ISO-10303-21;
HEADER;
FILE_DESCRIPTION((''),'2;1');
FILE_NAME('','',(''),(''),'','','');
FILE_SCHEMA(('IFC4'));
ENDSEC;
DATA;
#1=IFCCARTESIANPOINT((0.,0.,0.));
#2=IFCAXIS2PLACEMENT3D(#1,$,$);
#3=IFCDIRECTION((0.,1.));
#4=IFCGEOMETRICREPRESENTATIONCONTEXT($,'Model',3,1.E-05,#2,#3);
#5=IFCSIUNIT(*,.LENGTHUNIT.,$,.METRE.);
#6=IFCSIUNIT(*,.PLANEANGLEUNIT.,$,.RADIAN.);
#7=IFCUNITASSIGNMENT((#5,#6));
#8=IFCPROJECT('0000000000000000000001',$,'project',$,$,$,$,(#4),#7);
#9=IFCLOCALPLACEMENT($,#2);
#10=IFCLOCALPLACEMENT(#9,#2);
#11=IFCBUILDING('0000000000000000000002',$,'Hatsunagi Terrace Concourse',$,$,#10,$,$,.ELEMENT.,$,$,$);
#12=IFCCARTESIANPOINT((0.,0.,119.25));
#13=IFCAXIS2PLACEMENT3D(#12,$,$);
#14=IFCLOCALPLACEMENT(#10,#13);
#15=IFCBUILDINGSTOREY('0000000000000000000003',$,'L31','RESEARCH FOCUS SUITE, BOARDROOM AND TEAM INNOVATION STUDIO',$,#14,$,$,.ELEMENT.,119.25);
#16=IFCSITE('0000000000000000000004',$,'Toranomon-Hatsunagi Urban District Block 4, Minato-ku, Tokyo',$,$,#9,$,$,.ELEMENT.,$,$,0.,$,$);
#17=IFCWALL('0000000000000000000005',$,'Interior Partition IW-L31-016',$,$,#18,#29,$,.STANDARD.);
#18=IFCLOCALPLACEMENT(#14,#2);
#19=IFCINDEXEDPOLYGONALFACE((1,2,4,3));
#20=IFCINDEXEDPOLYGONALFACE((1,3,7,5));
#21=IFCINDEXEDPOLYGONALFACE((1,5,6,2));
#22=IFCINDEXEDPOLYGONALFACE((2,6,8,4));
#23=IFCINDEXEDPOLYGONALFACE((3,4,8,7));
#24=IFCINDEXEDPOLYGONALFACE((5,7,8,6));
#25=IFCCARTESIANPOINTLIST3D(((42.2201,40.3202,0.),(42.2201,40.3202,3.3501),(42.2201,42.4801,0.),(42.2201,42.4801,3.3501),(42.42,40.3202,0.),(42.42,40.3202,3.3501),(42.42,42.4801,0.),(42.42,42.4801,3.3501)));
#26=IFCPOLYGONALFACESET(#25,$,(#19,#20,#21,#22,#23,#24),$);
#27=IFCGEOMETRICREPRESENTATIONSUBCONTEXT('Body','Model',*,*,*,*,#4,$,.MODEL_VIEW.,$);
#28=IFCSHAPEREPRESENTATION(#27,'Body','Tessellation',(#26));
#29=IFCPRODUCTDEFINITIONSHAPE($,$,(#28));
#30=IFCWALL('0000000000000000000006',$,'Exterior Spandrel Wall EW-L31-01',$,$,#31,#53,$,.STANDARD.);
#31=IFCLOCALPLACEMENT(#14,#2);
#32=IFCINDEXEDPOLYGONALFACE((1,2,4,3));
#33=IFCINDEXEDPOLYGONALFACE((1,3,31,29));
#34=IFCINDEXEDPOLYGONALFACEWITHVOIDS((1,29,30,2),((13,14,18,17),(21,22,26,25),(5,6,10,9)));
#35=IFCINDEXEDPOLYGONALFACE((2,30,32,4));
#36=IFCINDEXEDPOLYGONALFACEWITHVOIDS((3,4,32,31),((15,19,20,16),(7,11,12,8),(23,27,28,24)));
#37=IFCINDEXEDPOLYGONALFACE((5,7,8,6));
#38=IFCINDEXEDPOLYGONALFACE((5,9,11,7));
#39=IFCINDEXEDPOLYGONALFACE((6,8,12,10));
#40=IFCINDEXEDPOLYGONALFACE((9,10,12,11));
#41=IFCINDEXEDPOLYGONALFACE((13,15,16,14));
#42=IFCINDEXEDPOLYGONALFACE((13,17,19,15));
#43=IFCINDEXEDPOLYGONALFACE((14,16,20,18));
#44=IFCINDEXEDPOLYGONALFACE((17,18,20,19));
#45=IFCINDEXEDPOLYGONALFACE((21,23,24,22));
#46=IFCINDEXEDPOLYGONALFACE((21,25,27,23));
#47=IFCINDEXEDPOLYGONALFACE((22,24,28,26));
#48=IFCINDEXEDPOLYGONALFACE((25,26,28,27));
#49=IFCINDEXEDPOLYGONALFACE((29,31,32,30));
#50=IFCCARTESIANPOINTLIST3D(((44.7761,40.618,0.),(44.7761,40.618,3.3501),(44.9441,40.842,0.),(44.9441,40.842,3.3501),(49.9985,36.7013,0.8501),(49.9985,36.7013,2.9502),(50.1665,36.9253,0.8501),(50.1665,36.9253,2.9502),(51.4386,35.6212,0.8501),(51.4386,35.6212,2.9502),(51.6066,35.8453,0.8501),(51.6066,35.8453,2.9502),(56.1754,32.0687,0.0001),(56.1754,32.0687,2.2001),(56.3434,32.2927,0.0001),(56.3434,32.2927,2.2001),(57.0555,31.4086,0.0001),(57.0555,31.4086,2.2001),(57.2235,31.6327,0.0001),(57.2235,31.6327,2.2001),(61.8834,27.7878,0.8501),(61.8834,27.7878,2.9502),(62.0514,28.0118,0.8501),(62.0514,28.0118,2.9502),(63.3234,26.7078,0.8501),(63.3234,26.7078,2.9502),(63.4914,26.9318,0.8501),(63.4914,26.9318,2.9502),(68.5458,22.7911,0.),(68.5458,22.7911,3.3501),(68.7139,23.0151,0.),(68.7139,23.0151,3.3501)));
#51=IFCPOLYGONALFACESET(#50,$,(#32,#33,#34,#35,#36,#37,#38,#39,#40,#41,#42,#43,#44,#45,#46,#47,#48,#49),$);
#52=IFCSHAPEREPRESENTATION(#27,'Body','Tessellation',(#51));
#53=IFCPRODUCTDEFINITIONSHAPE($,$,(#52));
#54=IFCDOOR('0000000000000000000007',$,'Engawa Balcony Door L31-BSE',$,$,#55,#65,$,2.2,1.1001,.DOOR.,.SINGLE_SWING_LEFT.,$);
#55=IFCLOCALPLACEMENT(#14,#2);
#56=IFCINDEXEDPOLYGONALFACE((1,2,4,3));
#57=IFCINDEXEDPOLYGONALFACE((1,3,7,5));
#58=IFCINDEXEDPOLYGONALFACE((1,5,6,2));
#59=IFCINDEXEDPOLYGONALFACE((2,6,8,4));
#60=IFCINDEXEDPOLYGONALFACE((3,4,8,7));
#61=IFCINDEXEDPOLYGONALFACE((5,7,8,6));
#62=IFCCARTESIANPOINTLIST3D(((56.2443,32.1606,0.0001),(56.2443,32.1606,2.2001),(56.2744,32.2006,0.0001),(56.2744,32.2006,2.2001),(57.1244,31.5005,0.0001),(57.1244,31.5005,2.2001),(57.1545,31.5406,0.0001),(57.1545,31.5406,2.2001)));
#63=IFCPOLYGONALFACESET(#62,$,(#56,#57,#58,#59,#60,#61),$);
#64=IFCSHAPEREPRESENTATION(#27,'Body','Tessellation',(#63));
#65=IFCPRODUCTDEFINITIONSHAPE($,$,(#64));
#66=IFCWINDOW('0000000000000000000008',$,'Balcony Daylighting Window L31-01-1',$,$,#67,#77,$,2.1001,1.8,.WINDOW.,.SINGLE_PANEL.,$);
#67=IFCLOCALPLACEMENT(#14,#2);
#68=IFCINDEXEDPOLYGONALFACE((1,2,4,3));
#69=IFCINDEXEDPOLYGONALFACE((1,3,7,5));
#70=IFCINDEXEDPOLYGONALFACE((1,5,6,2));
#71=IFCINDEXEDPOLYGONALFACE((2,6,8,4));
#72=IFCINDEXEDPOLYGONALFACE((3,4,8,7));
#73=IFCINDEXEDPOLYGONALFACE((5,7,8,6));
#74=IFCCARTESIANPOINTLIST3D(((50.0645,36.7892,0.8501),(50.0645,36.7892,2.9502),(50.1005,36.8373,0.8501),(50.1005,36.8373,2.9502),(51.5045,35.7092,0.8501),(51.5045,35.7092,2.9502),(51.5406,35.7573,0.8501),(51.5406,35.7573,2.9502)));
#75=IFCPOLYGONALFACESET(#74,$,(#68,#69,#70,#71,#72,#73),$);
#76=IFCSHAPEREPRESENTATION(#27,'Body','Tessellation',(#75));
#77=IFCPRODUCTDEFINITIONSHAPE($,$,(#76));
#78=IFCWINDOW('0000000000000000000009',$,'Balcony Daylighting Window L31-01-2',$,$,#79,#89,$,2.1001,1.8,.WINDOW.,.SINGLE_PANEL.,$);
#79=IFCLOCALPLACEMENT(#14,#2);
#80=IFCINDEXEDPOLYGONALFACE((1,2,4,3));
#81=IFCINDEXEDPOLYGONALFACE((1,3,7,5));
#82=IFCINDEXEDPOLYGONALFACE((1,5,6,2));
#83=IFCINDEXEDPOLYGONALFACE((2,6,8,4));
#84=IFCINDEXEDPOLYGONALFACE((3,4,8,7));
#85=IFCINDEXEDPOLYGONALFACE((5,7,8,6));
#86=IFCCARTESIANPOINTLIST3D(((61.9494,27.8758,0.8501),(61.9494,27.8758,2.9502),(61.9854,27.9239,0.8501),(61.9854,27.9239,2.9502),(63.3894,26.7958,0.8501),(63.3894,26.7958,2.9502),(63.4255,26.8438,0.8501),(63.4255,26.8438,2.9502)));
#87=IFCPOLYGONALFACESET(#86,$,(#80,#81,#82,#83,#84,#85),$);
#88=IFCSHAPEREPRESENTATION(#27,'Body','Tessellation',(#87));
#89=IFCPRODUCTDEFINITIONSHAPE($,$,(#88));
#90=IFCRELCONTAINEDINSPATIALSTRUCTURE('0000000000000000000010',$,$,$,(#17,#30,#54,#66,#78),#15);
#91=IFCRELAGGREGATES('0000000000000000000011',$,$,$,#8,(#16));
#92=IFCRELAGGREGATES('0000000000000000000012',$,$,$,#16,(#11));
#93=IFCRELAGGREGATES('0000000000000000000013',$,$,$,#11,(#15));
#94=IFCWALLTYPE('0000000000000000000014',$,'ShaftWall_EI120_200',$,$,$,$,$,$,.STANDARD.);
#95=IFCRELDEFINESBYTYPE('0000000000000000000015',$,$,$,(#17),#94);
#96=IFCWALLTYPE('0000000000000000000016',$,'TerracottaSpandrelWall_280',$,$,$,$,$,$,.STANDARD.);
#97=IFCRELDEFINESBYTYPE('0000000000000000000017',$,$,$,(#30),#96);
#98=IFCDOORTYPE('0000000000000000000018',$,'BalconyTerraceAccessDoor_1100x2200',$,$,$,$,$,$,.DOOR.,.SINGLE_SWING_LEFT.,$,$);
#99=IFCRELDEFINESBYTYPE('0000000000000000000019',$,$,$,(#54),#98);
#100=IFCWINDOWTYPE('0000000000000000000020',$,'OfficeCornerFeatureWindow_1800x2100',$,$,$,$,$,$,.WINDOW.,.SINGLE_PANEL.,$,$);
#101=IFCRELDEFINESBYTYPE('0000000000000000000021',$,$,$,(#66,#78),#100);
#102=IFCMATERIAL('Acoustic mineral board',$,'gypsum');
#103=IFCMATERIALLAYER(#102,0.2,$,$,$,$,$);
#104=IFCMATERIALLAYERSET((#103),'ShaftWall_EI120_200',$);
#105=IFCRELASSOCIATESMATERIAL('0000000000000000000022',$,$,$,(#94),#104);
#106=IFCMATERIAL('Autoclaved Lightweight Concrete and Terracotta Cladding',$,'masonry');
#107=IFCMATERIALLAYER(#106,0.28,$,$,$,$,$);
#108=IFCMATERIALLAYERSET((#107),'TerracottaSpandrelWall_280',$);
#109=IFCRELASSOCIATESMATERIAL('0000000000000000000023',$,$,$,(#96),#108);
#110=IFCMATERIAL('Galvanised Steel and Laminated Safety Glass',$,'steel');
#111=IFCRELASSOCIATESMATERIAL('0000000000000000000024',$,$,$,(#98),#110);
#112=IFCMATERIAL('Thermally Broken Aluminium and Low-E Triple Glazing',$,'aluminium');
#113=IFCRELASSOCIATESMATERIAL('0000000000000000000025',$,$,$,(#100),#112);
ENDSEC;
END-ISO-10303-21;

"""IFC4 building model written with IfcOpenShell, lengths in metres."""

from ifc_helpers import new_model, si_unit, direction, frame, frame_2d, origin, place, context, subcontext, project, spatial, rectangle, extrude, material, layer, layer_set, type_object, element, fill, save


model = new_model("IFC4")

# Units and contexts
model_context = context("Model", 3, precision=1e-05, world=origin(), true_north=direction((0.0, 1.0)))
body_context = subcontext(model_context, "Body", "Model", "MODEL_VIEW")
ifc_project = project(units=[si_unit("LENGTHUNIT", "METRE"), si_unit("PLANEANGLEUNIT", "RADIAN")], contexts=[model_context])

# Site, building, storey
site_placement = place(None, origin())
site = spatial("IfcSite", under=ifc_project, at=site_placement, Name="Toranomon-Hatsunagi Urban District Block 4, Minato-ku, Tokyo", CompositionType="ELEMENT", RefElevation=0.0)
building_placement = place(site_placement, origin())
building = spatial("IfcBuilding", under=site, at=building_placement, Name="Hatsunagi Terrace Concourse", CompositionType="ELEMENT")
storey_placement = place(building_placement, frame((0.0, 0.0, 119.25)))
storey = spatial("IfcBuildingStorey", under=building, at=storey_placement, Name="L31", Description="RESEARCH FOCUS SUITE, BOARDROOM AND TEAM INNOVATION STUDIO", CompositionType="ELEMENT", Elevation=119.25)

# Wall
ifc_material_1 = material(Name="Acoustic mineral board", Category="gypsum")
ifc_layer_1 = layer(ifc_material_1, 0.2)
ifc_layer_set_1 = layer_set([ifc_layer_1], Name="ShaftWall_EI120_200")
wall_type_1 = type_object("IfcWallType", Name="ShaftWall_EI120_200", PredefinedType="STANDARD", material=ifc_layer_set_1)
wall_1_placement = place(storey_placement, frame((42.3201, 40.3201, 0.0), z_axis=(0.0, 0.0, 1.0), x_axis=(0.0, 1.0, 0.0)))
element("IfcWall", 1, at=wall_1_placement, inside=storey, type_object=wall_type_1, Name="Interior Partition IW-L31-016", PredefinedType="STANDARD", context=body_context, shape_type="SweptSolid", body=[
    extrude(rectangle(XDim=2.1599, YDim=0.2, at=frame_2d((1.0801, 0.0))), origin(), (0.0, 0.0, 1.0), 3.3501),
])

# Wall, openings, door, windows
ifc_material_2 = material(Name="Autoclaved Lightweight Concrete and Terracotta Cladding", Category="masonry")
ifc_layer_2 = layer(ifc_material_2, 0.28)
ifc_layer_set_2 = layer_set([ifc_layer_2], Name="TerracottaSpandrelWall_280")
wall_type_2 = type_object("IfcWallType", Name="TerracottaSpandrelWall_280", PredefinedType="STANDARD", material=ifc_layer_set_2)
wall_2_placement = place(storey_placement, frame((44.8601, 40.73, 0.0), z_axis=(0.0, 0.0, 1.0), x_axis=(0.800007, -0.599991, 0.0)))
wall_2 = element("IfcWall", 2, at=wall_2_placement, inside=storey, type_object=wall_type_2, Name="Exterior Spandrel Wall EW-L31-01", PredefinedType="STANDARD", context=body_context, shape_type="SweptSolid", body=[
    extrude(rectangle(XDim=29.7119, YDim=0.28, at=frame_2d((14.856, 0.0))), origin(), (0.0, 0.0, 1.0), 3.3501),
])
opening_1_placement = place(wall_2_placement, frame((14.249, 0.0, 0.0)))
opening_1 = element("IfcOpeningElement", 3, at=opening_1_placement, cuts=wall_2, PredefinedType="OPENING", context=body_context, shape_type="SweptSolid", body=[
    extrude(rectangle(XDim=1.1001, YDim=2.2, at=frame_2d((0.55, 1.1001))), frame((0.0, 0.1499, 0.0), z_axis=(0.0, -1.0, 0.0), x_axis=(1.0, 0.0, 0.0)), (0.0, 0.0, 1.0), 0.3),
])
opening_2_placement = place(wall_2_placement, frame((6.5281, 0.0, 0.8501)))
opening_2 = element("IfcOpeningElement", 4, at=opening_2_placement, cuts=wall_2, PredefinedType="OPENING", context=body_context, shape_type="SweptSolid", body=[
    extrude(rectangle(XDim=1.8, YDim=2.1001, at=frame_2d((0.8999, 1.05))), frame((0.0, 0.1499, 0.0), z_axis=(0.0, -1.0, 0.0), x_axis=(1.0, 0.0, 0.0)), (0.0, 0.0, 1.0), 0.3),
])
opening_3_placement = place(wall_2_placement, frame((21.384, 0.0, 0.8501)))
opening_3 = element("IfcOpeningElement", 5, at=opening_3_placement, cuts=wall_2, PredefinedType="OPENING", context=body_context, shape_type="SweptSolid", body=[
    extrude(rectangle(XDim=1.8, YDim=2.1001, at=frame_2d((0.8999, 1.05))), frame((0.0, 0.1499, 0.0), z_axis=(0.0, -1.0, 0.0), x_axis=(1.0, 0.0, 0.0)), (0.0, 0.0, 1.0), 0.3),
])
ifc_material_3 = material(Name="Galvanised Steel and Laminated Safety Glass", Category="steel")
door_type_1 = type_object("IfcDoorType", Name="BalconyTerraceAccessDoor_1100x2200", OperationType="SINGLE_SWING_LEFT", PredefinedType="DOOR", material=ifc_material_3)
door_1_placement = place(opening_1_placement, origin())
door_1 = element("IfcDoor", 6, at=door_1_placement, inside=storey, type_object=door_type_1, Name="Engawa Balcony Door L31-BSE", OperationType="SINGLE_SWING_LEFT", OverallHeight=2.2, OverallWidth=1.1001, PredefinedType="DOOR", context=body_context, shape_type="SweptSolid", body=[
    extrude(rectangle(XDim=1.1001, YDim=2.2, at=frame_2d((0.55, 1.1001))), frame((0.0, 0.0249, 0.0), z_axis=(0.0, -1.0, 0.0), x_axis=(1.0, 0.0, 0.0)), (0.0, 0.0, 1.0), 0.05),
])
fill(opening_1, door_1)
ifc_material_4 = material(Name="Thermally Broken Aluminium and Low-E Triple Glazing", Category="aluminium")
window_type = type_object("IfcWindowType", Name="OfficeCornerFeatureWindow_1800x2100", PartitioningType="SINGLE_PANEL", PredefinedType="WINDOW", material=ifc_material_4)
window_1_placement = place(opening_2_placement, origin())
window_1 = element("IfcWindow", 7, at=window_1_placement, inside=storey, type_object=window_type, Name="Balcony Daylighting Window L31-01-1", OverallHeight=2.1001, OverallWidth=1.8, PartitioningType="SINGLE_PANEL", PredefinedType="WINDOW", context=body_context, shape_type="SweptSolid", body=[
    extrude(rectangle(XDim=1.8, YDim=2.1001, at=frame_2d((0.8999, 1.05))), frame((0.0, 0.03, 0.0), z_axis=(0.0, -1.0, 0.0), x_axis=(1.0, 0.0, 0.0)), (0.0, 0.0, 1.0), 0.0601),
])
fill(opening_2, window_1)
window_2_placement = place(opening_3_placement, origin())
window_2 = element("IfcWindow", 8, at=window_2_placement, inside=storey, type_object=window_type, Name="Balcony Daylighting Window L31-01-2", OverallHeight=2.1001, OverallWidth=1.8, PartitioningType="SINGLE_PANEL", PredefinedType="WINDOW", context=body_context, shape_type="SweptSolid", body=[
    extrude(rectangle(XDim=1.8, YDim=2.1001, at=frame_2d((0.8999, 1.05))), frame((0.0, 0.03, 0.0), z_axis=(0.0, -1.0, 0.0), x_axis=(1.0, 0.0, 0.0)), (0.0, 0.0, 1.0), 0.0601),
])
fill(opening_3, window_2)

save(model, "model.ifc")
